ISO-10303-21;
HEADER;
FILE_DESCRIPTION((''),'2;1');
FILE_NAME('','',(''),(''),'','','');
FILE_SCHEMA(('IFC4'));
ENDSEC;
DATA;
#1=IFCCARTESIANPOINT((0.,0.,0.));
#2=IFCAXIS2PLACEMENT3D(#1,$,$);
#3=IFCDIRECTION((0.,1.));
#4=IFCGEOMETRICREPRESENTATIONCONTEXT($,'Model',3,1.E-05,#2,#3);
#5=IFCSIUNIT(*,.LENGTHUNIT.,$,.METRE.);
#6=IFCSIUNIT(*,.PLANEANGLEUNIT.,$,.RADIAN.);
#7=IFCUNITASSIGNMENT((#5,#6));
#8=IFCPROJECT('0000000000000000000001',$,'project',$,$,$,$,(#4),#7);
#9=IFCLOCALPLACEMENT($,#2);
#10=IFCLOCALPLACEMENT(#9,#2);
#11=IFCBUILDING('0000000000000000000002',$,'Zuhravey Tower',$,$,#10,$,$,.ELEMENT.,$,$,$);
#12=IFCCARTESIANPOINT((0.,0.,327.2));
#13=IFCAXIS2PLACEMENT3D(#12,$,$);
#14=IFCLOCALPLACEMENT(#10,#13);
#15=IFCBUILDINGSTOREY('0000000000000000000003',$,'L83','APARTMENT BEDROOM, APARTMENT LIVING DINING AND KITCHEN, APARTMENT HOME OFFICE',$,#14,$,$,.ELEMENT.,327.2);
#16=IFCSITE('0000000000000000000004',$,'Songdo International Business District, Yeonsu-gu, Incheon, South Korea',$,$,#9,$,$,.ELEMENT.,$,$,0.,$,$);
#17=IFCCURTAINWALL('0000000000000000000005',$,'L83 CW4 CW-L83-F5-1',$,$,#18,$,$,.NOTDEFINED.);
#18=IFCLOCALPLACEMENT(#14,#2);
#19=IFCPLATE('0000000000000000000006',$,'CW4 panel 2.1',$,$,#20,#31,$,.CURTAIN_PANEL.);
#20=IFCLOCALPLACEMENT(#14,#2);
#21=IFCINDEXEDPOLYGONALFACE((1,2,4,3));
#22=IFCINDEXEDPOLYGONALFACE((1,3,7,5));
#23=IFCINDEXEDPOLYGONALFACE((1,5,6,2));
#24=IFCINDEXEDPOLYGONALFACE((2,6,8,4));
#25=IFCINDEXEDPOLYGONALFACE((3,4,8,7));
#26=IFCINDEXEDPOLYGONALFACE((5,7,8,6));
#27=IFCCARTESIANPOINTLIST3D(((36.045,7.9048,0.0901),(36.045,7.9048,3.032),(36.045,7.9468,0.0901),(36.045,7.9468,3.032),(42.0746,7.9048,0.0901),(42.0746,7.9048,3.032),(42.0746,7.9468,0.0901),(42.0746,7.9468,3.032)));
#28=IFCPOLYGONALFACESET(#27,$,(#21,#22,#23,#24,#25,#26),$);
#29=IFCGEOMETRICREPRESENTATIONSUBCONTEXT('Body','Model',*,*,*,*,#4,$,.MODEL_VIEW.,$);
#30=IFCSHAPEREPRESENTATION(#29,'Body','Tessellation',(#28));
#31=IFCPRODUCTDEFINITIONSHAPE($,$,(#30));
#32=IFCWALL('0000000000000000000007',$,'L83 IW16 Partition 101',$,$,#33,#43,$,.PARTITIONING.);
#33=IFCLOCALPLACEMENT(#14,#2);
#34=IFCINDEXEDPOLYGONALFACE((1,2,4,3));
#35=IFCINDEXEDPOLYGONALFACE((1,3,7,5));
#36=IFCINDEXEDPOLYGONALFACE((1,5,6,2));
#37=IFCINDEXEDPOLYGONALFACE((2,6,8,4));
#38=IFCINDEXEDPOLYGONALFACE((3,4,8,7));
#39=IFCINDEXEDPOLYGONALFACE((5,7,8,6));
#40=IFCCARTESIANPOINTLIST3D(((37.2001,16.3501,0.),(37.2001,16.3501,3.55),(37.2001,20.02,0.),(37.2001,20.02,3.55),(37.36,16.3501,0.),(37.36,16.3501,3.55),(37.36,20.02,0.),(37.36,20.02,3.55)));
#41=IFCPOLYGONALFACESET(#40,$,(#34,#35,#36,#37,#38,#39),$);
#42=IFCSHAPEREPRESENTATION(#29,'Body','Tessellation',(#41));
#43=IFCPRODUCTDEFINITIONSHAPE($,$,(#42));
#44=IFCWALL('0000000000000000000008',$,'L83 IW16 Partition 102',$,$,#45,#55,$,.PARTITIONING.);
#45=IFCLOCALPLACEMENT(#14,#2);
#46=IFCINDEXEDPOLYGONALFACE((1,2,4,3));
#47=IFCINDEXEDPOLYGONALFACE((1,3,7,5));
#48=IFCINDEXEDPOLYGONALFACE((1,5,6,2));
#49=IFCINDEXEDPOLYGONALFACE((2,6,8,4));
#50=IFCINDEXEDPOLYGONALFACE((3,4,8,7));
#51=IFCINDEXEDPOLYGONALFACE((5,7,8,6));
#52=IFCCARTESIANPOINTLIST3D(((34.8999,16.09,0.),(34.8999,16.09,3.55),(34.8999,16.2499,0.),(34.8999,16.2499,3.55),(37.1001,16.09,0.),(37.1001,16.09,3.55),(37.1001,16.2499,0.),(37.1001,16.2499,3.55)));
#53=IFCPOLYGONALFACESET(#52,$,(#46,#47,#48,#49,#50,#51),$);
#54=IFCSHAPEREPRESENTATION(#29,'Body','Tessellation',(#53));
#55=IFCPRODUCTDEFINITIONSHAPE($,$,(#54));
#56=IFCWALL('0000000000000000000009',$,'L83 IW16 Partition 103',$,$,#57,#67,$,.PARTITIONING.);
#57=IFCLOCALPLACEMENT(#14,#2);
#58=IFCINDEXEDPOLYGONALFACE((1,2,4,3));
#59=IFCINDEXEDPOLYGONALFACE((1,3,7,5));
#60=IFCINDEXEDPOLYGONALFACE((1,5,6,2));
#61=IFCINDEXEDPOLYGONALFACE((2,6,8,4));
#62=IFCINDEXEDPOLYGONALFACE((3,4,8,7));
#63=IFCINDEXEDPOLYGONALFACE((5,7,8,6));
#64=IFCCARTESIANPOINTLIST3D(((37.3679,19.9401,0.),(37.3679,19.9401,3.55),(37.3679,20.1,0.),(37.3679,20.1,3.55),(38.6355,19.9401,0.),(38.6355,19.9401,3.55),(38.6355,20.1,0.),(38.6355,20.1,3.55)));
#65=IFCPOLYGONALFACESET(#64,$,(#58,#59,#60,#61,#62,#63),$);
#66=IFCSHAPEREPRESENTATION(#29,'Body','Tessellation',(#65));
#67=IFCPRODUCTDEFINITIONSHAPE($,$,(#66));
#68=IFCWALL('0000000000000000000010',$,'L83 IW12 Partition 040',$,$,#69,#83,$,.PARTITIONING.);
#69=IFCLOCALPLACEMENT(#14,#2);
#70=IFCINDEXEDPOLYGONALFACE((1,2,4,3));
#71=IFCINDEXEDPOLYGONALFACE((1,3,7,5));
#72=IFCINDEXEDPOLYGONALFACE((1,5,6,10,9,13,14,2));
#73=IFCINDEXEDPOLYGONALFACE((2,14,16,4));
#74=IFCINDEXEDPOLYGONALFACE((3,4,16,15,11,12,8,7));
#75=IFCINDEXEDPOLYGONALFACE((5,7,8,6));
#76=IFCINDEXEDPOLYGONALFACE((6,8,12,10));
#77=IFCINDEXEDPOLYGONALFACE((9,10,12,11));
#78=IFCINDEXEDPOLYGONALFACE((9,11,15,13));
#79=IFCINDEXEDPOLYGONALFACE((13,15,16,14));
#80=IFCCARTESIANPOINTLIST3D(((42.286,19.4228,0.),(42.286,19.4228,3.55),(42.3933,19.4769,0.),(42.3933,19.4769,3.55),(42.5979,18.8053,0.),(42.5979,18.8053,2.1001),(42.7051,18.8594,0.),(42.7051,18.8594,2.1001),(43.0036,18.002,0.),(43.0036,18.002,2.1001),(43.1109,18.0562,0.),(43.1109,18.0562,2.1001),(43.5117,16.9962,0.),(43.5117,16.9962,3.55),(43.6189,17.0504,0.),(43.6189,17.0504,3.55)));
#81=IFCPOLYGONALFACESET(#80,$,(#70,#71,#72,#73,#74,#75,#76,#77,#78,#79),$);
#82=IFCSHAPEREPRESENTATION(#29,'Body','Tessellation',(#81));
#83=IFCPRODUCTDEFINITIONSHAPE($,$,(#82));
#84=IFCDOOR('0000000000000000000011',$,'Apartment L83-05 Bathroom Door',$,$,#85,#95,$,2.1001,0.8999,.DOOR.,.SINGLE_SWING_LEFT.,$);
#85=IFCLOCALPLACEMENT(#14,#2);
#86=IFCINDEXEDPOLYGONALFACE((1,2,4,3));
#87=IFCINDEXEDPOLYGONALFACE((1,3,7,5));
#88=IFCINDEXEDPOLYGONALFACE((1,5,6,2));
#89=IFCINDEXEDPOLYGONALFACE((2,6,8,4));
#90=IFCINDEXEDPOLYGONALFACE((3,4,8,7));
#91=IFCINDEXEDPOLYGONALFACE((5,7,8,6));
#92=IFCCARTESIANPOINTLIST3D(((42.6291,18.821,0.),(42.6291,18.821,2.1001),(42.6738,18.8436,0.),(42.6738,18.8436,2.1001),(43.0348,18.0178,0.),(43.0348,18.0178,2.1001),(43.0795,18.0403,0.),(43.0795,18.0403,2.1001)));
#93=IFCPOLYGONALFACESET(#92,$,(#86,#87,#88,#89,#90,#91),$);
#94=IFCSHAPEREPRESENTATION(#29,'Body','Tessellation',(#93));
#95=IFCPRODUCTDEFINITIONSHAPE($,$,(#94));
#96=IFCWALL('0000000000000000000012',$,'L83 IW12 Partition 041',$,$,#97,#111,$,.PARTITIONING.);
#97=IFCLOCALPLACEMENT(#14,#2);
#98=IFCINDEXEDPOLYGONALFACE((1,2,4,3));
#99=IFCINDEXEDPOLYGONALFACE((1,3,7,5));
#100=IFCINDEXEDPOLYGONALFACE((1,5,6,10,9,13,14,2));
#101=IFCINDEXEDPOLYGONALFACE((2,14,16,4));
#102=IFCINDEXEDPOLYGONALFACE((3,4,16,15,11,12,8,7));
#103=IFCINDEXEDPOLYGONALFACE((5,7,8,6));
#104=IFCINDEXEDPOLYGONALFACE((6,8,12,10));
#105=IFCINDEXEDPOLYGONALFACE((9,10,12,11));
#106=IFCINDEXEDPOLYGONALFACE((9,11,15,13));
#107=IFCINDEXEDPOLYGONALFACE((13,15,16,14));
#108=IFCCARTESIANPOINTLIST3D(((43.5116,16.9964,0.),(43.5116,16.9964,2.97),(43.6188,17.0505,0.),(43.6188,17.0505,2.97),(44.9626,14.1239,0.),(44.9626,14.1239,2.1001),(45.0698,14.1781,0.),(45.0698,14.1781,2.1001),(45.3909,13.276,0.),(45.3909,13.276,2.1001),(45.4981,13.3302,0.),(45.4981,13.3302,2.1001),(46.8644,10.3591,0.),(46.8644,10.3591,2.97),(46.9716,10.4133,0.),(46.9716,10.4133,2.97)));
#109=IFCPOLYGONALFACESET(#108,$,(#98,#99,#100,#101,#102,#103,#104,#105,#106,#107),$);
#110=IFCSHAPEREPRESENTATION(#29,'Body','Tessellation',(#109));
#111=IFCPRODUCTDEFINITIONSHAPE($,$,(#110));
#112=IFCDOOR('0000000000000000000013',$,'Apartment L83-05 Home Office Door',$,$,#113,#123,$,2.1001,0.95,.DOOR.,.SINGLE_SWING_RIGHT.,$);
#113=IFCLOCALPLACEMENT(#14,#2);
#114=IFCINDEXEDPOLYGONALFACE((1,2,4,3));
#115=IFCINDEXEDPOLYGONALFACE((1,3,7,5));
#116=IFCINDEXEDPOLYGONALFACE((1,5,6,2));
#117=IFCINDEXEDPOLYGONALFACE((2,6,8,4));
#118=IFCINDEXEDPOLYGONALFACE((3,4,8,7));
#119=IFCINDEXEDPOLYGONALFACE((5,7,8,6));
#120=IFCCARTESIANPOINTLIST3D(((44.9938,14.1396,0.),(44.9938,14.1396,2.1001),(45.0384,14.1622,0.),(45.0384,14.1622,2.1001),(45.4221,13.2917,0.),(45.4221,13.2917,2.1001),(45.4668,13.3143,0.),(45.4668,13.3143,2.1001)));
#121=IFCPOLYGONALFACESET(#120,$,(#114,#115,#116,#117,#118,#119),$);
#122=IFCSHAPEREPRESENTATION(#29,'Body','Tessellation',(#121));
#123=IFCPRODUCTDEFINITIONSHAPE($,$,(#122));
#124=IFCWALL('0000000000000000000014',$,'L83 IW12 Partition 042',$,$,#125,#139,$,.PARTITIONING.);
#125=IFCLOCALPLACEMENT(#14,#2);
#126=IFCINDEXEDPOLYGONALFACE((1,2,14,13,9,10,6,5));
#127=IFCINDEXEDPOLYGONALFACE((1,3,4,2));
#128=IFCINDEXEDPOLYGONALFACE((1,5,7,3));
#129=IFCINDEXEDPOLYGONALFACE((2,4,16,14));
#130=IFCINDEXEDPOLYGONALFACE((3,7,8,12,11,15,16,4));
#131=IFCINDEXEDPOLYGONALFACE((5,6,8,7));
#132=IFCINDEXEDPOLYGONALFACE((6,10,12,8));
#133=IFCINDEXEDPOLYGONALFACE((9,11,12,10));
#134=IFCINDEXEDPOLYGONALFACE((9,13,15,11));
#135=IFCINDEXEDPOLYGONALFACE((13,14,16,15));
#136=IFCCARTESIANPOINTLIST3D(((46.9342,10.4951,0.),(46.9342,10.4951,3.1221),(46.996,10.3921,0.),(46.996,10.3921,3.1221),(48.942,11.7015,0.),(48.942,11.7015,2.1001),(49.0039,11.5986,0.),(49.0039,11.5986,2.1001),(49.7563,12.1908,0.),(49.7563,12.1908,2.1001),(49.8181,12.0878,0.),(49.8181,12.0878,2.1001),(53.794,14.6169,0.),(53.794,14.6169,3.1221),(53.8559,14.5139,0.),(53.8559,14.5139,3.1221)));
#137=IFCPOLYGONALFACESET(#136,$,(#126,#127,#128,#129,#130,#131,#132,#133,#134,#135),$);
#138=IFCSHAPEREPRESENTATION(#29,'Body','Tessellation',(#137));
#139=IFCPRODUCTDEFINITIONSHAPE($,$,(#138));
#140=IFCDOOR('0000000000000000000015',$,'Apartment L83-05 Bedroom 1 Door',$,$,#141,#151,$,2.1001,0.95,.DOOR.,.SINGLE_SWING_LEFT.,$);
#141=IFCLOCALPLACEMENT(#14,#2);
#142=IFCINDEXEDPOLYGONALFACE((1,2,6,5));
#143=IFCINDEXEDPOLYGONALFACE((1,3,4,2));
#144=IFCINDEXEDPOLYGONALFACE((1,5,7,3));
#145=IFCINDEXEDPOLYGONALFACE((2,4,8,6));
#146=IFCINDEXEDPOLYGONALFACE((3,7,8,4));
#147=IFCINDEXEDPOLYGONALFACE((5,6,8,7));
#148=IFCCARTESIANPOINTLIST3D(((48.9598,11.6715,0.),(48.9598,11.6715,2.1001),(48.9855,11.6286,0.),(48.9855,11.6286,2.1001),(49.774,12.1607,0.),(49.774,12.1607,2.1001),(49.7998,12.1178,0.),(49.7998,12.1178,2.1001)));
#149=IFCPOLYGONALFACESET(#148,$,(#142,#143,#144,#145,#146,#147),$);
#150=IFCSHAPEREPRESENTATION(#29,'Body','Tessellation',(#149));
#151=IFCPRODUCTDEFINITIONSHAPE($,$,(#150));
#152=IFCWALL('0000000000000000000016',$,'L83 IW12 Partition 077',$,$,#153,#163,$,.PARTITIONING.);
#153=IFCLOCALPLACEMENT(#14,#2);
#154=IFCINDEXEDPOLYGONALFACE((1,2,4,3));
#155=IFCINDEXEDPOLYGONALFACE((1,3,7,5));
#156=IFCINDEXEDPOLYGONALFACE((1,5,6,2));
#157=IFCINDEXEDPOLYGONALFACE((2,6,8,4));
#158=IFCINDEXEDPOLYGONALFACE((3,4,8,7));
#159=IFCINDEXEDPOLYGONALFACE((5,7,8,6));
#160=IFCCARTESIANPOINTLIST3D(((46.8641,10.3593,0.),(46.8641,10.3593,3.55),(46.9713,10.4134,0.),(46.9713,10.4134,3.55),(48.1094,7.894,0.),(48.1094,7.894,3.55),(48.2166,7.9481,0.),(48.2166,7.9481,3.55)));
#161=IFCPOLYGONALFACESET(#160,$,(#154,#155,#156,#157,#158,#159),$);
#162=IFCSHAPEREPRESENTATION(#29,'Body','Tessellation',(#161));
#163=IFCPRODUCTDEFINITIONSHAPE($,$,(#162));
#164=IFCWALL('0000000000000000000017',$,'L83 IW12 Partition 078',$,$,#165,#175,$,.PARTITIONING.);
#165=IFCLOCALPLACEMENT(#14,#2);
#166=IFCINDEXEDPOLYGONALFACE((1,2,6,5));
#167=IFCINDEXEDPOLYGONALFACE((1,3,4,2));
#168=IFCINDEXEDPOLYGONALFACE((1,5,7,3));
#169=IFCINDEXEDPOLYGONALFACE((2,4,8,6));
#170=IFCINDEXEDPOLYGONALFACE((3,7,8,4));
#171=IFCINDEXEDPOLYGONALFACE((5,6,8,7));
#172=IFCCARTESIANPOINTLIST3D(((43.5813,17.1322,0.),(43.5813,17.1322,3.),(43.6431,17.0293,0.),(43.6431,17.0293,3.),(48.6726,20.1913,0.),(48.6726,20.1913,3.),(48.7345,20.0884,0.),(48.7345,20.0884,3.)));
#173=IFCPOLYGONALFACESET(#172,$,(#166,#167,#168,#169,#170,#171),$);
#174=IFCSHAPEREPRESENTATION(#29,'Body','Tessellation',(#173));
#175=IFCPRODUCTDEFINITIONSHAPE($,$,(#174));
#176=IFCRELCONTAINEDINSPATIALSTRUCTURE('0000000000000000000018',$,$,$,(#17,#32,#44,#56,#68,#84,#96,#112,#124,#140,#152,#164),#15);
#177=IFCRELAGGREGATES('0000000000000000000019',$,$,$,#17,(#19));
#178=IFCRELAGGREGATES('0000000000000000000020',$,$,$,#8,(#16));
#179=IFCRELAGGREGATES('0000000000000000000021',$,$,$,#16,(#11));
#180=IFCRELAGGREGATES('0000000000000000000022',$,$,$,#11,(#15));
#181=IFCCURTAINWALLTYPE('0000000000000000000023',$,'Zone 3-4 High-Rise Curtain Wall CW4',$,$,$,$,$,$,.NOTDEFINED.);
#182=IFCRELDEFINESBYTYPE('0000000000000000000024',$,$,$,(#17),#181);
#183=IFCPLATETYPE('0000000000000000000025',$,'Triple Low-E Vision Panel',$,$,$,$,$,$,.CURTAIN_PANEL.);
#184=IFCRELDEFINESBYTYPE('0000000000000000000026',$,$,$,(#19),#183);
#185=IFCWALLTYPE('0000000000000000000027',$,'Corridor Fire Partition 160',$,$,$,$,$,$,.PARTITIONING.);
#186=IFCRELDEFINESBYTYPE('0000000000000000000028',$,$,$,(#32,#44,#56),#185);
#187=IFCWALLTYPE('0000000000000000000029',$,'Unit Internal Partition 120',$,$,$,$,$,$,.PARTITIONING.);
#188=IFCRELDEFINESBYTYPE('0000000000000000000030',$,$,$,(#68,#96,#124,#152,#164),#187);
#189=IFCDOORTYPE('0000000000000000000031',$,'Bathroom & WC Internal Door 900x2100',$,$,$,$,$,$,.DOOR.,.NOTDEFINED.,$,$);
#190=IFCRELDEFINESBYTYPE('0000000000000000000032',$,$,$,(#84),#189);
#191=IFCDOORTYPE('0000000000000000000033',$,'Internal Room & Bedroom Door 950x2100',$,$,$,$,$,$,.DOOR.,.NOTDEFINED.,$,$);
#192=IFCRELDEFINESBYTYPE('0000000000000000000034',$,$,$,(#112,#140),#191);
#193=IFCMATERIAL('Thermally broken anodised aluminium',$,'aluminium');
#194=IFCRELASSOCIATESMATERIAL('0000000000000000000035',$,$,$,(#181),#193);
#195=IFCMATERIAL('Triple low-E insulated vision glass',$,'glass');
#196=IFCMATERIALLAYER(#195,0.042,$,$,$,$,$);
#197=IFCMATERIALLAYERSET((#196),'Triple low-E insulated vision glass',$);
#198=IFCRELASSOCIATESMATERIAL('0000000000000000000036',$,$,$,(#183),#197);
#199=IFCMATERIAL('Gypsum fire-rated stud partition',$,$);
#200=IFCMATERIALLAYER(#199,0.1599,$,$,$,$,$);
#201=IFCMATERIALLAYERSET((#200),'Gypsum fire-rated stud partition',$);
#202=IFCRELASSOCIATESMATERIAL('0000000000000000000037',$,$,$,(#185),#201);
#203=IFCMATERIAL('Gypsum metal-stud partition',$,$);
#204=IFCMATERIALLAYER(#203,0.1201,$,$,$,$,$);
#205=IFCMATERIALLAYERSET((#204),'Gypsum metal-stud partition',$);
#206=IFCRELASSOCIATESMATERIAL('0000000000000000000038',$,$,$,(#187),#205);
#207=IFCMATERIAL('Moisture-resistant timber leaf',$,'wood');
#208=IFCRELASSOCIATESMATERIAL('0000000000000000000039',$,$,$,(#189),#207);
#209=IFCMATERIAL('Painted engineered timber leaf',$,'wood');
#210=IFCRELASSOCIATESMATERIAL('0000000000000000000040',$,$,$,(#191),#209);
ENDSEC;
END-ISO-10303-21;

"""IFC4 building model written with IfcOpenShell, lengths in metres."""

from ifc_helpers import new_model, si_unit, direction, frame, frame_2d, origin, origin_2d, place, context, subcontext, project, spatial, rectangle, extrude, material, layer, layer_set, type_object, element, fill, aggregate, save


model = new_model("IFC4")

# Units and contexts
model_context = context("Model", 3, precision=1e-05, world=origin(), true_north=direction((0.0, 1.0)))
body_context = subcontext(model_context, "Body", "Model", "MODEL_VIEW")
ifc_project = project(units=[si_unit("LENGTHUNIT", "METRE"), si_unit("PLANEANGLEUNIT", "RADIAN")], contexts=[model_context])

# Site, building, storey
site_placement = place(None, origin())
site = spatial("IfcSite", under=ifc_project, at=site_placement, Name="Songdo International Business District, Yeonsu-gu, Incheon, South Korea", CompositionType="ELEMENT", RefElevation=0.0)
building_placement = place(site_placement, origin())
building = spatial("IfcBuilding", under=site, at=building_placement, Name="Zuhravey Tower", CompositionType="ELEMENT")
storey_placement = place(building_placement, frame((0.0, 0.0, 327.2)))
storey = spatial("IfcBuildingStorey", under=building, at=storey_placement, Name="L83", Description="APARTMENT BEDROOM, APARTMENT LIVING DINING AND KITCHEN, APARTMENT HOME OFFICE", CompositionType="ELEMENT", Elevation=327.2)

# Curtain wall
ifc_material_1 = material(Name="Thermally broken anodised aluminium", Category="aluminium")
curtain_wall_type = type_object("IfcCurtainWallType", Name="Zone 3-4 High-Rise Curtain Wall CW4", PredefinedType="NOTDEFINED", material=ifc_material_1)
curtain_wall_placement = place(storey_placement, origin())
curtain_wall = element("IfcCurtainWall", 1, at=curtain_wall_placement, inside=storey, type_object=curtain_wall_type, Name="L83 CW4 CW-L83-F5-1", PredefinedType="NOTDEFINED")

# Plate
ifc_material_2 = material(Name="Triple low-E insulated vision glass", Category="glass")
ifc_layer_1 = layer(ifc_material_2, 0.042)
ifc_layer_set_1 = layer_set([ifc_layer_1], Name="Triple low-E insulated vision glass")
plate_type = type_object("IfcPlateType", Name="Triple Low-E Vision Panel", PredefinedType="CURTAIN_PANEL", material=ifc_layer_set_1)
plate_1_placement = place(storey_placement, frame((39.0598, 7.9258, 0.0901), z_axis=(0.0, 0.0, 1.0), x_axis=(-1.0, 0.0, 0.0)))
plate_1 = element("IfcPlate", 2, at=plate_1_placement, type_object=plate_type, Name="CW4 panel 2.1", PredefinedType="CURTAIN_PANEL", context=body_context, shape_type="SweptSolid", body=[
    extrude(rectangle(XDim=6.0295, YDim=0.042, at=origin_2d()), origin(), (0.0, 0.0, 1.0), 2.9419),
])
aggregate(curtain_wall, [plate_1])

# Shared definitions
ifc_material_3 = material(Name="Gypsum fire-rated stud partition")
ifc_layer_2 = layer(ifc_material_3, 0.1599)
ifc_layer_set_2 = layer_set([ifc_layer_2], Name="Gypsum fire-rated stud partition")
wall_type_1 = type_object("IfcWallType", Name="Corridor Fire Partition 160", PredefinedType="PARTITIONING", material=ifc_layer_set_2)

# Walls
wall_1_placement = place(storey_placement, frame((37.28, 16.3501, 0.0), z_axis=(0.0, 0.0, 1.0), x_axis=(0.0, 1.0, 0.0)))
element("IfcWall", 3, at=wall_1_placement, inside=storey, type_object=wall_type_1, Name="L83 IW16 Partition 101", PredefinedType="PARTITIONING", context=body_context, shape_type="SweptSolid", body=[
    extrude(rectangle(XDim=3.6699, YDim=0.1599, at=frame_2d((1.835, 0.0))), origin(), (0.0, 0.0, 1.0), 3.55),
])
wall_2_placement = place(storey_placement, frame((34.8999, 16.1699, 0.0), z_axis=(0.0, 0.0, 1.0), x_axis=(1.0, 0.0, 0.0)))
element("IfcWall", 4, at=wall_2_placement, inside=storey, type_object=wall_type_1, Name="L83 IW16 Partition 102", PredefinedType="PARTITIONING", context=body_context, shape_type="SweptSolid", body=[
    extrude(rectangle(XDim=2.2002, YDim=0.1599, at=frame_2d((1.1001, 0.0))), origin(), (0.0, 0.0, 1.0), 3.55),
])
wall_3_placement = place(storey_placement, frame((37.3679, 20.02, 0.0), z_axis=(0.0, 0.0, 1.0), x_axis=(1.0, 0.0, 0.0)))
element("IfcWall", 5, at=wall_3_placement, inside=storey, type_object=wall_type_1, Name="L83 IW16 Partition 103", PredefinedType="PARTITIONING", context=body_context, shape_type="SweptSolid", body=[
    extrude(rectangle(XDim=1.2676, YDim=0.1599, at=frame_2d((0.6338, 0.0))), origin(), (0.0, 0.0, 1.0), 3.55),
])

# Walls, openings, doors
ifc_material_4 = material(Name="Gypsum metal-stud partition")
ifc_layer_3 = layer(ifc_material_4, 0.1201)
ifc_layer_set_3 = layer_set([ifc_layer_3], Name="Gypsum metal-stud partition")
wall_type_2 = type_object("IfcWallType", Name="Unit Internal Partition 120", PredefinedType="PARTITIONING", material=ifc_layer_set_3)
wall_4_placement = place(storey_placement, frame((42.3396, 19.45, 0.0), z_axis=(0.0, 0.0, 1.0), x_axis=(0.450838, -0.892606, 0.0)))
wall_4 = element("IfcWall", 6, at=wall_4_placement, inside=storey, type_object=wall_type_2, Name="L83 IW12 Partition 040", PredefinedType="PARTITIONING", context=body_context, shape_type="SweptSolid", body=[
    extrude(rectangle(XDim=2.7185, YDim=0.1201, at=frame_2d((1.3594, 0.0))), origin(), (0.0, 0.0, 1.0), 3.55),
])
opening_1_placement = place(wall_4_placement, frame((0.6919, 0.0, 0.0)))
opening_1 = element("IfcOpeningElement", 7, at=opening_1_placement, cuts=wall_4, PredefinedType="OPENING", context=body_context, shape_type="SweptSolid", body=[
    extrude(rectangle(XDim=0.8999, YDim=2.1001, at=frame_2d((0.45, 1.05))), frame((0.0, 0.072, 0.0), z_axis=(0.0, -1.0, 0.0), x_axis=(1.0, 0.0, 0.0)), (0.0, 0.0, 1.0), 0.144),
])
ifc_material_5 = material(Name="Moisture-resistant timber leaf", Category="wood")
door_type_1 = type_object("IfcDoorType", Name="Bathroom & WC Internal Door 900x2100", OperationType="NOTDEFINED", PredefinedType="DOOR", material=ifc_material_5)
door_1_placement = place(opening_1_placement, origin())
door_1 = element("IfcDoor", 8, at=door_1_placement, inside=storey, type_object=door_type_1, Name="Apartment L83-05 Bathroom Door", OperationType="SINGLE_SWING_LEFT", OverallHeight=2.1001, OverallWidth=0.8999, PredefinedType="DOOR", context=body_context, shape_type="SweptSolid", body=[
    extrude(rectangle(XDim=0.8999, YDim=2.1001, at=frame_2d((0.45, 1.05))), frame((0.0, 0.0249, 0.0), z_axis=(0.0, -1.0, 0.0), x_axis=(1.0, 0.0, 0.0)), (0.0, 0.0, 1.0), 0.05),
])
fill(opening_1, door_1)
wall_5_placement = place(storey_placement, frame((43.5652, 17.0234, 0.0), z_axis=(0.0, 0.0, 1.0), x_axis=(0.450887, -0.892581, 0.0)))
wall_5 = element("IfcWall", 9, at=wall_5_placement, inside=storey, type_object=wall_type_2, Name="L83 IW12 Partition 041", PredefinedType="PARTITIONING", context=body_context, shape_type="SweptSolid", body=[
    extrude(rectangle(XDim=7.436, YDim=0.1201, at=frame_2d((3.718, 0.0))), origin(), (0.0, 0.0, 1.0), 2.97),
])
opening_2_placement = place(wall_5_placement, frame((3.218, 0.0, 0.0)))
opening_2 = element("IfcOpeningElement", 10, at=opening_2_placement, cuts=wall_5, PredefinedType="OPENING", context=body_context, shape_type="SweptSolid", body=[
    extrude(rectangle(XDim=0.95, YDim=2.1001, at=frame_2d((0.4751, 1.05))), frame((0.0, 0.072, 0.0), z_axis=(0.0, -1.0, 0.0), x_axis=(1.0, 0.0, 0.0)), (0.0, 0.0, 1.0), 0.144),
])
ifc_material_6 = material(Name="Painted engineered timber leaf", Category="wood")
door_type_2 = type_object("IfcDoorType", Name="Internal Room & Bedroom Door 950x2100", OperationType="NOTDEFINED", PredefinedType="DOOR", material=ifc_material_6)
door_2_placement = place(opening_2_placement, origin())
door_2 = element("IfcDoor", 11, at=door_2_placement, inside=storey, type_object=door_type_2, Name="Apartment L83-05 Home Office Door", OperationType="SINGLE_SWING_RIGHT", OverallHeight=2.1001, OverallWidth=0.95, PredefinedType="DOOR", context=body_context, shape_type="SweptSolid", body=[
    extrude(rectangle(XDim=0.95, YDim=2.1001, at=frame_2d((0.4751, 1.05))), frame((0.0, 0.0249, 0.0), z_axis=(0.0, -1.0, 0.0), x_axis=(1.0, 0.0, 0.0)), (0.0, 0.0, 1.0), 0.05),
])
fill(opening_2, door_2)
wall_6_placement = place(storey_placement, frame((46.9651, 10.4436, 0.0), z_axis=(0.0, 0.0, 1.0), x_axis=(0.857167, 0.515038, 0.0)))
wall_6 = element("IfcWall", 12, at=wall_6_placement, inside=storey, type_object=wall_type_2, Name="L83 IW12 Partition 042", PredefinedType="PARTITIONING", context=body_context, shape_type="SweptSolid", body=[
    extrude(rectangle(XDim=8.0029, YDim=0.1201, at=frame_2d((4.0015, 0.0))), origin(), (0.0, 0.0, 1.0), 3.1221),
])
opening_3_placement = place(wall_6_placement, frame((2.3423, 0.0, 0.0)))
opening_3 = element("IfcOpeningElement", 13, at=opening_3_placement, cuts=wall_6, PredefinedType="OPENING", context=body_context, shape_type="SweptSolid", body=[
    extrude(rectangle(XDim=0.95, YDim=2.1001, at=frame_2d((0.4751, 1.05))), frame((0.0, 0.072, 0.0), z_axis=(0.0, -1.0, 0.0), x_axis=(1.0, 0.0, 0.0)), (0.0, 0.0, 1.0), 0.144),
])
door_3_placement = place(opening_3_placement, frame((0.95, 0.0, 0.0), z_axis=(0.0, 0.0, 1.0), x_axis=(-1.0, 0.0, 0.0)))
door_3 = element("IfcDoor", 14, at=door_3_placement, inside=storey, type_object=door_type_2, Name="Apartment L83-05 Bedroom 1 Door", OperationType="SINGLE_SWING_LEFT", OverallHeight=2.1001, OverallWidth=0.95, PredefinedType="DOOR", context=body_context, shape_type="SweptSolid", body=[
    extrude(rectangle(XDim=0.95, YDim=2.1001, at=frame_2d((0.4751, 1.05))), frame((0.0, 0.0249, 0.0), z_axis=(0.0, -1.0, 0.0), x_axis=(1.0, 0.0, 0.0)), (0.0, 0.0, 1.0), 0.05),
])
fill(opening_3, door_3)

# Walls
wall_7_placement = place(storey_placement, frame((46.9177, 10.3862, 0.0), z_axis=(0.0, 0.0, 1.0), x_axis=(0.450887, -0.892581, 0.0)))
element("IfcWall", 15, at=wall_7_placement, inside=storey, type_object=wall_type_2, Name="L83 IW12 Partition 077", PredefinedType="PARTITIONING", context=body_context, shape_type="SweptSolid", body=[
    extrude(rectangle(XDim=2.762, YDim=0.1201, at=frame_2d((1.3809, 0.0))), origin(), (0.0, 0.0, 1.0), 3.55),
])
wall_8_placement = place(storey_placement, frame((43.6123, 17.0808, 0.0), z_axis=(0.0, 0.0, 1.0), x_axis=(0.857174, 0.515028, 0.0)))
element("IfcWall", 16, at=wall_8_placement, inside=storey, type_object=wall_type_2, Name="L83 IW12 Partition 078", PredefinedType="PARTITIONING", context=body_context, shape_type="SweptSolid", body=[
    extrude(rectangle(XDim=5.9397, YDim=0.1201, at=frame_2d((2.9697, 0.0))), origin(), (0.0, 0.0, 1.0), 3.0),
])

save(model, "model.ifc")
